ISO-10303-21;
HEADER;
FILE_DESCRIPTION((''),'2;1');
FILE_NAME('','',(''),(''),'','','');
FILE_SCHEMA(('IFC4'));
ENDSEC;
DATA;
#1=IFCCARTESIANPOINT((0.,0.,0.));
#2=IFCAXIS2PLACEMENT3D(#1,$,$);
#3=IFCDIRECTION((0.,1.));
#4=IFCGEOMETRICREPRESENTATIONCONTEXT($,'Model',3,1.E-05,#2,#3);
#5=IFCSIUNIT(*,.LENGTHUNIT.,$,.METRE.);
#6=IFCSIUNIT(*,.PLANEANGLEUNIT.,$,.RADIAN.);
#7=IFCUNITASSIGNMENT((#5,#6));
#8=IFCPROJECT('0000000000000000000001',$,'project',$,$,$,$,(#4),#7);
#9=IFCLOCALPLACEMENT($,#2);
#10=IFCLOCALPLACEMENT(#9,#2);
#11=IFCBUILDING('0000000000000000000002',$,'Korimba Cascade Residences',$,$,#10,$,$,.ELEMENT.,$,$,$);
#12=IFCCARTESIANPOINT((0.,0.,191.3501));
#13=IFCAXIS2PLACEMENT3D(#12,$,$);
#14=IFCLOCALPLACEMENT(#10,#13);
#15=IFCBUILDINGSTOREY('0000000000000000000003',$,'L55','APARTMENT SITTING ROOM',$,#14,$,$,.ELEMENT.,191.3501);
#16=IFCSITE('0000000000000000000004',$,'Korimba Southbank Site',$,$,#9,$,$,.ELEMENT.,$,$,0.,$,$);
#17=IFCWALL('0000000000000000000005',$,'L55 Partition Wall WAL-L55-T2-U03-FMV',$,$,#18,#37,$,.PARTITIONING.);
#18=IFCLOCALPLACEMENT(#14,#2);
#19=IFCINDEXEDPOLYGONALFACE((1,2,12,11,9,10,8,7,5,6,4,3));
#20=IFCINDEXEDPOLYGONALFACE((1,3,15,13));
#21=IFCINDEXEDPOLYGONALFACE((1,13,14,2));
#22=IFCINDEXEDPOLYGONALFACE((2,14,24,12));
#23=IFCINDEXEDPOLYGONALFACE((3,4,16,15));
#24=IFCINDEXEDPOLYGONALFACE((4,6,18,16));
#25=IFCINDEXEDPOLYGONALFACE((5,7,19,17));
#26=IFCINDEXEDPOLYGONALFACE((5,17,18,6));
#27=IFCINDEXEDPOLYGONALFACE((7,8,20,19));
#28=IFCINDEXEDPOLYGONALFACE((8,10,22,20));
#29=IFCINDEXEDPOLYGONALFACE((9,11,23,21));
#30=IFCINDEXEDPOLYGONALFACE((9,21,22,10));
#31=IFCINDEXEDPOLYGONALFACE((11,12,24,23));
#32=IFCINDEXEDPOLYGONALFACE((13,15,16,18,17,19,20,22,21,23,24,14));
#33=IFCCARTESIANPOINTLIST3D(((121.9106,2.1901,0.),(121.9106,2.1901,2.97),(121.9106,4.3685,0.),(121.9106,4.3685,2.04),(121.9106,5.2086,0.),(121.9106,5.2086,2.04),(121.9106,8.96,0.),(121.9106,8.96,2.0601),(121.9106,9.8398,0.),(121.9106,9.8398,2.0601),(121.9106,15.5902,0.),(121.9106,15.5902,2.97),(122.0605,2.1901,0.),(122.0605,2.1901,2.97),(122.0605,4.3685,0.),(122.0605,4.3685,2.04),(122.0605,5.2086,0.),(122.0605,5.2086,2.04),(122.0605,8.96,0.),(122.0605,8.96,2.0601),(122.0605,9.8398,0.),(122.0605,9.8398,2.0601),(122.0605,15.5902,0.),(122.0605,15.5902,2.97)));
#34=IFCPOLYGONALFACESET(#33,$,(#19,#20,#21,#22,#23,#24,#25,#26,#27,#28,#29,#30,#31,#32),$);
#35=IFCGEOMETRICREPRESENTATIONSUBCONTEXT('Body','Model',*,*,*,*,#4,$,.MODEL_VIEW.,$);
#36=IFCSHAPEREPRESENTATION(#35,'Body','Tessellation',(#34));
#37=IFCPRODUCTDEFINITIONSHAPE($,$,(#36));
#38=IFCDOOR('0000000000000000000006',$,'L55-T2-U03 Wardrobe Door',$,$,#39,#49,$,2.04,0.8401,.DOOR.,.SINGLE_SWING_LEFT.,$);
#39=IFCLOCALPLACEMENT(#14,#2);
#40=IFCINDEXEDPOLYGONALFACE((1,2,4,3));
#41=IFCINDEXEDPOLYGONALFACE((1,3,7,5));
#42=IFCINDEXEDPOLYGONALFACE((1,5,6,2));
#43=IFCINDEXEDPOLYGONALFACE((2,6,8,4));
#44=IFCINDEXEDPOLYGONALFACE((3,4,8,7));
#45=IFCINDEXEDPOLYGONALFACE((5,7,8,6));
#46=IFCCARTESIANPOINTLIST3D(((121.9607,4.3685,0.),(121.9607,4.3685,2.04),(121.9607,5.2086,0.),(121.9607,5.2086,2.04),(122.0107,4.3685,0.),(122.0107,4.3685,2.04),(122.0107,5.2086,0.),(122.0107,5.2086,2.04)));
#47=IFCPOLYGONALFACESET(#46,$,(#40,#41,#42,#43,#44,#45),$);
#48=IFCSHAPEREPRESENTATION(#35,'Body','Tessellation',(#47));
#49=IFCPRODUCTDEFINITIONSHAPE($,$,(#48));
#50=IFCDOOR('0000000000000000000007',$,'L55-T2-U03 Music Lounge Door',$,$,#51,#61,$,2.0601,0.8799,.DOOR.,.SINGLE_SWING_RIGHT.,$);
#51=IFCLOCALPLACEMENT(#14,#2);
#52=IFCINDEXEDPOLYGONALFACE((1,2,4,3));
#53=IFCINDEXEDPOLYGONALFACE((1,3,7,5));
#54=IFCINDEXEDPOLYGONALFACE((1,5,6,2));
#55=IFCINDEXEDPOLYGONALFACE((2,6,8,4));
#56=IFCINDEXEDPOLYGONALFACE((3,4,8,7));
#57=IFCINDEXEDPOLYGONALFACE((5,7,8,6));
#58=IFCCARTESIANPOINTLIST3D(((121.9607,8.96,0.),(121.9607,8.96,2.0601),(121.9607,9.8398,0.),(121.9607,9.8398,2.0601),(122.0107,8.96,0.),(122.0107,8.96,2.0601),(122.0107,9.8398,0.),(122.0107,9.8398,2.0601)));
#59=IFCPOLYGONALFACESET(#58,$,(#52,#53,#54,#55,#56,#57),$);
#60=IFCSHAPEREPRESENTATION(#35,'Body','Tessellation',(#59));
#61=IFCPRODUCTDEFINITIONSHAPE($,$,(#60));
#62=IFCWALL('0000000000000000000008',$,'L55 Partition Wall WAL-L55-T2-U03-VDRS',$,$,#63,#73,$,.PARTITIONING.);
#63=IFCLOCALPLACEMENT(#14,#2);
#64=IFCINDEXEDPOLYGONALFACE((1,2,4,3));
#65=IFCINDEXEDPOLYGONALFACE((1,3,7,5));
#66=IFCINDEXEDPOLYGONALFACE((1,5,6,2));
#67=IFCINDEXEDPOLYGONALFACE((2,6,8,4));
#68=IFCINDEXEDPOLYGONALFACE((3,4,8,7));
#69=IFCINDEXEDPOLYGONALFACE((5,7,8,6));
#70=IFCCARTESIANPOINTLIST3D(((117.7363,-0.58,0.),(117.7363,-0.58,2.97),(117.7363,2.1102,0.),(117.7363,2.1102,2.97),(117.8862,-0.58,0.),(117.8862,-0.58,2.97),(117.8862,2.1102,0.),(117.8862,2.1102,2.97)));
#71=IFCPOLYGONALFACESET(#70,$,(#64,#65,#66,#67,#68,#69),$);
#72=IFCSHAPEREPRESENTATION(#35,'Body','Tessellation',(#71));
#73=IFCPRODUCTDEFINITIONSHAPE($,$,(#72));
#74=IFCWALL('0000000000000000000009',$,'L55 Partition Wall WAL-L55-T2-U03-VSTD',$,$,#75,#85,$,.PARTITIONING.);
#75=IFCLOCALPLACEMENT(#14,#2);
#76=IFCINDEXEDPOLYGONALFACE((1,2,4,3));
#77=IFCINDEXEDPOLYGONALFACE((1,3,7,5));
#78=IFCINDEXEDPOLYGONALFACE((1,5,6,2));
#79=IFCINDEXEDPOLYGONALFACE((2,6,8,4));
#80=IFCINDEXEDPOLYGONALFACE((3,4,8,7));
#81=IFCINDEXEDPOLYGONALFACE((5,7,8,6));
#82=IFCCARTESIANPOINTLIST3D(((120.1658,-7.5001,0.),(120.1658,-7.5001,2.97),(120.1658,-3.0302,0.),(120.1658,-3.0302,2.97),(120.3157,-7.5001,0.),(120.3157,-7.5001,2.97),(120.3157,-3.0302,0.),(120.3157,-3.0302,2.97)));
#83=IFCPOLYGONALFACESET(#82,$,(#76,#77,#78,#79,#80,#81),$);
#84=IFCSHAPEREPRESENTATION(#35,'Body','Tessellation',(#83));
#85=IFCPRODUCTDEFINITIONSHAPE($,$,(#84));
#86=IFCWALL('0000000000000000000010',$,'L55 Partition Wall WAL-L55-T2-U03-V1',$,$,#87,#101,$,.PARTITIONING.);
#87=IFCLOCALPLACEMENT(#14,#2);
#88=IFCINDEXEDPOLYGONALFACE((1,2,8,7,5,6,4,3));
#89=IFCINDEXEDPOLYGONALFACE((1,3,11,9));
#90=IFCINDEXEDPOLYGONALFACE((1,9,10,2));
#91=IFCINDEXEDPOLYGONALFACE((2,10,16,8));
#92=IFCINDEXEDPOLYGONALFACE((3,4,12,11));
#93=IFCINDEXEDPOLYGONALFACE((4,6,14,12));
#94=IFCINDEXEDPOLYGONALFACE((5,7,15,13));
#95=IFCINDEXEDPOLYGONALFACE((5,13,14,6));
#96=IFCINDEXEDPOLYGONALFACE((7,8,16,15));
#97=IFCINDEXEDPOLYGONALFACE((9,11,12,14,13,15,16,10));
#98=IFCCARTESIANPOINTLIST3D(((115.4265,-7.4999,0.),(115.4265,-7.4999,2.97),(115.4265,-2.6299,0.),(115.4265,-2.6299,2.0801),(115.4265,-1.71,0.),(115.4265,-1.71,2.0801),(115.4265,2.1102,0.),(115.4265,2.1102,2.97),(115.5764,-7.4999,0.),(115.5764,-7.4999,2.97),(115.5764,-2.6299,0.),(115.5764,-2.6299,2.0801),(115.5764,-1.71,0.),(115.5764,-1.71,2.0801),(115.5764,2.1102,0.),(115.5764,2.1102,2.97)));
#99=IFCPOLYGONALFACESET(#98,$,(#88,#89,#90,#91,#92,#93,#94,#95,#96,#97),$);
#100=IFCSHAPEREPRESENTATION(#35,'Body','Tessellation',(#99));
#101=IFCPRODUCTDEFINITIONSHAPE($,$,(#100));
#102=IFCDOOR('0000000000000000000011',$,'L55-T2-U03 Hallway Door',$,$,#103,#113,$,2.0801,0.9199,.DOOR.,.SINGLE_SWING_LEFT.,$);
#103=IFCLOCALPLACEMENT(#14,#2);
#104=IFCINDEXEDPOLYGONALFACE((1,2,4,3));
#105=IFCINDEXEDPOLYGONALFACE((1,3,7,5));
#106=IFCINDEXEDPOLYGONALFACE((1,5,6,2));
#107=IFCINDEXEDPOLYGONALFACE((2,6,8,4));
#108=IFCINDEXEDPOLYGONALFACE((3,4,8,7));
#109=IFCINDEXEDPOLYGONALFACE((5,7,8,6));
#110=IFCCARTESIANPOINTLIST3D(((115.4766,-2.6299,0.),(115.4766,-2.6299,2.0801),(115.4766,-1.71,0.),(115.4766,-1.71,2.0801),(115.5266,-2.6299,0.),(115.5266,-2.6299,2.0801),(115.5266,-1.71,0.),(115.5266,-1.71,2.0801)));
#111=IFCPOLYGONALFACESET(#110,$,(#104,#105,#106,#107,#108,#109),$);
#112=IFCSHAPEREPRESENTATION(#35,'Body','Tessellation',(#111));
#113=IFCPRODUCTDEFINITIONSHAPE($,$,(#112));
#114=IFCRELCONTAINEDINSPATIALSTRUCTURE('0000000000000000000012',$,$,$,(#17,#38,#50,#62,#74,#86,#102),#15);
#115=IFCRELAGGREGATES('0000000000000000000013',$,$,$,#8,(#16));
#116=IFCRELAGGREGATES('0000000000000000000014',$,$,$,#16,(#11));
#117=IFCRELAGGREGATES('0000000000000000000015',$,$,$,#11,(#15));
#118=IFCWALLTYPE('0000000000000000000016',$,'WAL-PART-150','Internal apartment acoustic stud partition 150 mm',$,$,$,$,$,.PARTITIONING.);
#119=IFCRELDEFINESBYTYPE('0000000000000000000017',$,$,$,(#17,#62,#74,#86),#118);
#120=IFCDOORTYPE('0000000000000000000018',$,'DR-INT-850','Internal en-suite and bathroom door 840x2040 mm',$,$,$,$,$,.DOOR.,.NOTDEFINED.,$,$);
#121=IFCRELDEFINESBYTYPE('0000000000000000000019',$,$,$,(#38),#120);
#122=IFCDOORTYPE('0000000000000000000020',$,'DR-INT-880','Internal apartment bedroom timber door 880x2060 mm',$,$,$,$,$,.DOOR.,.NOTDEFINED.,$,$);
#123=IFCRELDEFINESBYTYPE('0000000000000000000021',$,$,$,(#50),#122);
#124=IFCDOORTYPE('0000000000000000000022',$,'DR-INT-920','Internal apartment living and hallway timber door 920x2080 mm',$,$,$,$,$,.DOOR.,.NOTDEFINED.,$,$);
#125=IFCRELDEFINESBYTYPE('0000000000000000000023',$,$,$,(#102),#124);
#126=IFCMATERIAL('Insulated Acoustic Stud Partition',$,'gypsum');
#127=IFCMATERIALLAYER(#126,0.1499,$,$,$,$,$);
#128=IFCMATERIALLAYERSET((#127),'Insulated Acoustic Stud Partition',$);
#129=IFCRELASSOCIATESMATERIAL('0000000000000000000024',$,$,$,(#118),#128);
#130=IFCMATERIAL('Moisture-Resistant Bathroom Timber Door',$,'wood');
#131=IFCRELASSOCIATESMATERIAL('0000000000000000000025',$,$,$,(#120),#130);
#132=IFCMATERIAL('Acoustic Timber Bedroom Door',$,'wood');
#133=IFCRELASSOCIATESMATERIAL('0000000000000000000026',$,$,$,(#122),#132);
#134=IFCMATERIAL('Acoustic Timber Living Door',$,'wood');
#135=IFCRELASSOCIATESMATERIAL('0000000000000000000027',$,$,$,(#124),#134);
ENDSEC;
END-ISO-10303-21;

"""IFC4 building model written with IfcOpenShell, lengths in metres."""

from ifc_helpers import new_model, si_unit, direction, frame, frame_2d, origin, place, context, subcontext, project, spatial, rectangle, extrude, material, layer, layer_set, type_object, element, fill, save


model = new_model("IFC4")

# Units and contexts
model_context = context("Model", 3, precision=1e-05, world=origin(), true_north=direction((0.0, 1.0)))
body_context = subcontext(model_context, "Body", "Model", "MODEL_VIEW")
ifc_project = project(units=[si_unit("LENGTHUNIT", "METRE"), si_unit("PLANEANGLEUNIT", "RADIAN")], contexts=[model_context])

# Site, building, storey
site_placement = place(None, origin())
site = spatial("IfcSite", under=ifc_project, at=site_placement, Name="Korimba Southbank Site", CompositionType="ELEMENT", RefElevation=0.0)
building_placement = place(site_placement, origin())
building = spatial("IfcBuilding", under=site, at=building_placement, Name="Korimba Cascade Residences", CompositionType="ELEMENT")
storey_placement = place(building_placement, frame((0.0, 0.0, 191.3501)))
storey = spatial("IfcBuildingStorey", under=building, at=storey_placement, Name="L55", Description="APARTMENT SITTING ROOM", CompositionType="ELEMENT", Elevation=191.3501)

# Wall, openings, doors
ifc_material_1 = material(Name="Insulated Acoustic Stud Partition", Category="gypsum")
ifc_layer = layer(ifc_material_1, 0.1499)
ifc_layer_set = layer_set([ifc_layer], Name="Insulated Acoustic Stud Partition")
wall_type = type_object("IfcWallType", Name="WAL-PART-150", Description="Internal apartment acoustic stud partition 150 mm", PredefinedType="PARTITIONING", material=ifc_layer_set)
wall_1_placement = place(storey_placement, frame((121.9856, 2.1899, 0.0), z_axis=(0.0, 0.0, 1.0), x_axis=(0.0, 1.0, 0.0)))
wall_1 = element("IfcWall", 1, at=wall_1_placement, inside=storey, type_object=wall_type, Name="L55 Partition Wall WAL-L55-T2-U03-FMV", PredefinedType="PARTITIONING", context=body_context, shape_type="SweptSolid", body=[
    extrude(rectangle(XDim=13.4001, YDim=0.1499, at=frame_2d((6.7002, 0.0))), origin(), (0.0, 0.0, 1.0), 2.97),
])
opening_1_placement = place(wall_1_placement, frame((2.1787, 0.0, 0.0)))
opening_1 = element("IfcOpeningElement", 2, at=opening_1_placement, cuts=wall_1, PredefinedType="OPENING", context=body_context, shape_type="SweptSolid", body=[
    extrude(rectangle(XDim=0.8401, YDim=2.04, at=frame_2d((0.4199, 1.02))), frame((0.0, 0.085, 0.0), z_axis=(0.0, -1.0, 0.0), x_axis=(1.0, 0.0, 0.0)), (0.0, 0.0, 1.0), 0.1699),
])
opening_2_placement = place(wall_1_placement, frame((6.77, 0.0, 0.0)))
opening_2 = element("IfcOpeningElement", 3, at=opening_2_placement, cuts=wall_1, PredefinedType="OPENING", context=body_context, shape_type="SweptSolid", body=[
    extrude(rectangle(XDim=0.8799, YDim=2.0601, at=frame_2d((0.4399, 1.03))), frame((0.0, 0.085, 0.0), z_axis=(0.0, -1.0, 0.0), x_axis=(1.0, 0.0, 0.0)), (0.0, 0.0, 1.0), 0.1699),
])
ifc_material_2 = material(Name="Moisture-Resistant Bathroom Timber Door", Category="wood")
door_type_1 = type_object("IfcDoorType", Name="DR-INT-850", Description="Internal en-suite and bathroom door 840x2040 mm", OperationType="NOTDEFINED", PredefinedType="DOOR", material=ifc_material_2)
door_1_placement = place(opening_1_placement, origin())
door_1 = element("IfcDoor", 4, at=door_1_placement, inside=storey, type_object=door_type_1, Name="L55-T2-U03 Wardrobe Door", OperationType="SINGLE_SWING_LEFT", OverallHeight=2.04, OverallWidth=0.8401, PredefinedType="DOOR", context=body_context, shape_type="SweptSolid", body=[
    extrude(rectangle(XDim=0.8401, YDim=2.04, at=frame_2d((0.4199, 1.02))), frame((0.0, 0.0249, 0.0), z_axis=(0.0, -1.0, 0.0), x_axis=(1.0, 0.0, 0.0)), (0.0, 0.0, 1.0), 0.05),
])
fill(opening_1, door_1)
ifc_material_3 = material(Name="Acoustic Timber Bedroom Door", Category="wood")
door_type_2 = type_object("IfcDoorType", Name="DR-INT-880", Description="Internal apartment bedroom timber door 880x2060 mm", OperationType="NOTDEFINED", PredefinedType="DOOR", material=ifc_material_3)
door_2_placement = place(opening_2_placement, origin())
door_2 = element("IfcDoor", 5, at=door_2_placement, inside=storey, type_object=door_type_2, Name="L55-T2-U03 Music Lounge Door", OperationType="SINGLE_SWING_RIGHT", OverallHeight=2.0601, OverallWidth=0.8799, PredefinedType="DOOR", context=body_context, shape_type="SweptSolid", body=[
    extrude(rectangle(XDim=0.8799, YDim=2.0601, at=frame_2d((0.4399, 1.03))), frame((0.0, 0.0249, 0.0), z_axis=(0.0, -1.0, 0.0), x_axis=(1.0, 0.0, 0.0)), (0.0, 0.0, 1.0), 0.05),
])
fill(opening_2, door_2)

# Walls
wall_2_placement = place(storey_placement, frame((117.8113, -0.5801, 0.0), z_axis=(0.0, 0.0, 1.0), x_axis=(0.0, 1.0, 0.0)))
element("IfcWall", 6, at=wall_2_placement, inside=storey, type_object=wall_type, Name="L55 Partition Wall WAL-L55-T2-U03-VDRS", PredefinedType="PARTITIONING", context=body_context, shape_type="SweptSolid", body=[
    extrude(rectangle(XDim=2.6902, YDim=0.1499, at=frame_2d((1.3452, 0.0))), origin(), (0.0, 0.0, 1.0), 2.97),
])
wall_3_placement = place(storey_placement, frame((120.2407, -7.5, 0.0), z_axis=(0.0, 0.0, 1.0), x_axis=(0.0, 1.0, 0.0)))
element("IfcWall", 7, at=wall_3_placement, inside=storey, type_object=wall_type, Name="L55 Partition Wall WAL-L55-T2-U03-VSTD", PredefinedType="PARTITIONING", context=body_context, shape_type="SweptSolid", body=[
    extrude(rectangle(XDim=4.47, YDim=0.1499, at=frame_2d((2.2349, 0.0))), origin(), (0.0, 0.0, 1.0), 2.97),
])

# Wall, opening, door
wall_4_placement = place(storey_placement, frame((115.5015, -7.5, 0.0), z_axis=(0.0, 0.0, 1.0), x_axis=(0.0, 1.0, 0.0)))
wall_4 = element("IfcWall", 8, at=wall_4_placement, inside=storey, type_object=wall_type, Name="L55 Partition Wall WAL-L55-T2-U03-V1", PredefinedType="PARTITIONING", context=body_context, shape_type="SweptSolid", body=[
    extrude(rectangle(XDim=9.6101, YDim=0.1499, at=frame_2d((4.8052, 0.0))), origin(), (0.0, 0.0, 1.0), 2.97),
])
opening_3_placement = place(wall_4_placement, frame((4.8701, 0.0, 0.0)))
opening_3 = element("IfcOpeningElement", 9, at=opening_3_placement, cuts=wall_4, PredefinedType="OPENING", context=body_context, shape_type="SweptSolid", body=[
    extrude(rectangle(XDim=0.9199, YDim=2.0801, at=frame_2d((0.46, 1.04))), frame((0.0, 0.085, 0.0), z_axis=(0.0, -1.0, 0.0), x_axis=(1.0, 0.0, 0.0)), (0.0, 0.0, 1.0), 0.1699),
])
ifc_material_4 = material(Name="Acoustic Timber Living Door", Category="wood")
door_type_3 = type_object("IfcDoorType", Name="DR-INT-920", Description="Internal apartment living and hallway timber door 920x2080 mm", OperationType="NOTDEFINED", PredefinedType="DOOR", material=ifc_material_4)
door_3_placement = place(opening_3_placement, origin())
door_3 = element("IfcDoor", 10, at=door_3_placement, inside=storey, type_object=door_type_3, Name="L55-T2-U03 Hallway Door", OperationType="SINGLE_SWING_LEFT", OverallHeight=2.0801, OverallWidth=0.9199, PredefinedType="DOOR", context=body_context, shape_type="SweptSolid", body=[
    extrude(rectangle(XDim=0.9199, YDim=2.0801, at=frame_2d((0.46, 1.04))), frame((0.0, 0.0249, 0.0), z_axis=(0.0, -1.0, 0.0), x_axis=(1.0, 0.0, 0.0)), (0.0, 0.0, 1.0), 0.05),
])
fill(opening_3, door_3)

save(model, "model.ifc")
